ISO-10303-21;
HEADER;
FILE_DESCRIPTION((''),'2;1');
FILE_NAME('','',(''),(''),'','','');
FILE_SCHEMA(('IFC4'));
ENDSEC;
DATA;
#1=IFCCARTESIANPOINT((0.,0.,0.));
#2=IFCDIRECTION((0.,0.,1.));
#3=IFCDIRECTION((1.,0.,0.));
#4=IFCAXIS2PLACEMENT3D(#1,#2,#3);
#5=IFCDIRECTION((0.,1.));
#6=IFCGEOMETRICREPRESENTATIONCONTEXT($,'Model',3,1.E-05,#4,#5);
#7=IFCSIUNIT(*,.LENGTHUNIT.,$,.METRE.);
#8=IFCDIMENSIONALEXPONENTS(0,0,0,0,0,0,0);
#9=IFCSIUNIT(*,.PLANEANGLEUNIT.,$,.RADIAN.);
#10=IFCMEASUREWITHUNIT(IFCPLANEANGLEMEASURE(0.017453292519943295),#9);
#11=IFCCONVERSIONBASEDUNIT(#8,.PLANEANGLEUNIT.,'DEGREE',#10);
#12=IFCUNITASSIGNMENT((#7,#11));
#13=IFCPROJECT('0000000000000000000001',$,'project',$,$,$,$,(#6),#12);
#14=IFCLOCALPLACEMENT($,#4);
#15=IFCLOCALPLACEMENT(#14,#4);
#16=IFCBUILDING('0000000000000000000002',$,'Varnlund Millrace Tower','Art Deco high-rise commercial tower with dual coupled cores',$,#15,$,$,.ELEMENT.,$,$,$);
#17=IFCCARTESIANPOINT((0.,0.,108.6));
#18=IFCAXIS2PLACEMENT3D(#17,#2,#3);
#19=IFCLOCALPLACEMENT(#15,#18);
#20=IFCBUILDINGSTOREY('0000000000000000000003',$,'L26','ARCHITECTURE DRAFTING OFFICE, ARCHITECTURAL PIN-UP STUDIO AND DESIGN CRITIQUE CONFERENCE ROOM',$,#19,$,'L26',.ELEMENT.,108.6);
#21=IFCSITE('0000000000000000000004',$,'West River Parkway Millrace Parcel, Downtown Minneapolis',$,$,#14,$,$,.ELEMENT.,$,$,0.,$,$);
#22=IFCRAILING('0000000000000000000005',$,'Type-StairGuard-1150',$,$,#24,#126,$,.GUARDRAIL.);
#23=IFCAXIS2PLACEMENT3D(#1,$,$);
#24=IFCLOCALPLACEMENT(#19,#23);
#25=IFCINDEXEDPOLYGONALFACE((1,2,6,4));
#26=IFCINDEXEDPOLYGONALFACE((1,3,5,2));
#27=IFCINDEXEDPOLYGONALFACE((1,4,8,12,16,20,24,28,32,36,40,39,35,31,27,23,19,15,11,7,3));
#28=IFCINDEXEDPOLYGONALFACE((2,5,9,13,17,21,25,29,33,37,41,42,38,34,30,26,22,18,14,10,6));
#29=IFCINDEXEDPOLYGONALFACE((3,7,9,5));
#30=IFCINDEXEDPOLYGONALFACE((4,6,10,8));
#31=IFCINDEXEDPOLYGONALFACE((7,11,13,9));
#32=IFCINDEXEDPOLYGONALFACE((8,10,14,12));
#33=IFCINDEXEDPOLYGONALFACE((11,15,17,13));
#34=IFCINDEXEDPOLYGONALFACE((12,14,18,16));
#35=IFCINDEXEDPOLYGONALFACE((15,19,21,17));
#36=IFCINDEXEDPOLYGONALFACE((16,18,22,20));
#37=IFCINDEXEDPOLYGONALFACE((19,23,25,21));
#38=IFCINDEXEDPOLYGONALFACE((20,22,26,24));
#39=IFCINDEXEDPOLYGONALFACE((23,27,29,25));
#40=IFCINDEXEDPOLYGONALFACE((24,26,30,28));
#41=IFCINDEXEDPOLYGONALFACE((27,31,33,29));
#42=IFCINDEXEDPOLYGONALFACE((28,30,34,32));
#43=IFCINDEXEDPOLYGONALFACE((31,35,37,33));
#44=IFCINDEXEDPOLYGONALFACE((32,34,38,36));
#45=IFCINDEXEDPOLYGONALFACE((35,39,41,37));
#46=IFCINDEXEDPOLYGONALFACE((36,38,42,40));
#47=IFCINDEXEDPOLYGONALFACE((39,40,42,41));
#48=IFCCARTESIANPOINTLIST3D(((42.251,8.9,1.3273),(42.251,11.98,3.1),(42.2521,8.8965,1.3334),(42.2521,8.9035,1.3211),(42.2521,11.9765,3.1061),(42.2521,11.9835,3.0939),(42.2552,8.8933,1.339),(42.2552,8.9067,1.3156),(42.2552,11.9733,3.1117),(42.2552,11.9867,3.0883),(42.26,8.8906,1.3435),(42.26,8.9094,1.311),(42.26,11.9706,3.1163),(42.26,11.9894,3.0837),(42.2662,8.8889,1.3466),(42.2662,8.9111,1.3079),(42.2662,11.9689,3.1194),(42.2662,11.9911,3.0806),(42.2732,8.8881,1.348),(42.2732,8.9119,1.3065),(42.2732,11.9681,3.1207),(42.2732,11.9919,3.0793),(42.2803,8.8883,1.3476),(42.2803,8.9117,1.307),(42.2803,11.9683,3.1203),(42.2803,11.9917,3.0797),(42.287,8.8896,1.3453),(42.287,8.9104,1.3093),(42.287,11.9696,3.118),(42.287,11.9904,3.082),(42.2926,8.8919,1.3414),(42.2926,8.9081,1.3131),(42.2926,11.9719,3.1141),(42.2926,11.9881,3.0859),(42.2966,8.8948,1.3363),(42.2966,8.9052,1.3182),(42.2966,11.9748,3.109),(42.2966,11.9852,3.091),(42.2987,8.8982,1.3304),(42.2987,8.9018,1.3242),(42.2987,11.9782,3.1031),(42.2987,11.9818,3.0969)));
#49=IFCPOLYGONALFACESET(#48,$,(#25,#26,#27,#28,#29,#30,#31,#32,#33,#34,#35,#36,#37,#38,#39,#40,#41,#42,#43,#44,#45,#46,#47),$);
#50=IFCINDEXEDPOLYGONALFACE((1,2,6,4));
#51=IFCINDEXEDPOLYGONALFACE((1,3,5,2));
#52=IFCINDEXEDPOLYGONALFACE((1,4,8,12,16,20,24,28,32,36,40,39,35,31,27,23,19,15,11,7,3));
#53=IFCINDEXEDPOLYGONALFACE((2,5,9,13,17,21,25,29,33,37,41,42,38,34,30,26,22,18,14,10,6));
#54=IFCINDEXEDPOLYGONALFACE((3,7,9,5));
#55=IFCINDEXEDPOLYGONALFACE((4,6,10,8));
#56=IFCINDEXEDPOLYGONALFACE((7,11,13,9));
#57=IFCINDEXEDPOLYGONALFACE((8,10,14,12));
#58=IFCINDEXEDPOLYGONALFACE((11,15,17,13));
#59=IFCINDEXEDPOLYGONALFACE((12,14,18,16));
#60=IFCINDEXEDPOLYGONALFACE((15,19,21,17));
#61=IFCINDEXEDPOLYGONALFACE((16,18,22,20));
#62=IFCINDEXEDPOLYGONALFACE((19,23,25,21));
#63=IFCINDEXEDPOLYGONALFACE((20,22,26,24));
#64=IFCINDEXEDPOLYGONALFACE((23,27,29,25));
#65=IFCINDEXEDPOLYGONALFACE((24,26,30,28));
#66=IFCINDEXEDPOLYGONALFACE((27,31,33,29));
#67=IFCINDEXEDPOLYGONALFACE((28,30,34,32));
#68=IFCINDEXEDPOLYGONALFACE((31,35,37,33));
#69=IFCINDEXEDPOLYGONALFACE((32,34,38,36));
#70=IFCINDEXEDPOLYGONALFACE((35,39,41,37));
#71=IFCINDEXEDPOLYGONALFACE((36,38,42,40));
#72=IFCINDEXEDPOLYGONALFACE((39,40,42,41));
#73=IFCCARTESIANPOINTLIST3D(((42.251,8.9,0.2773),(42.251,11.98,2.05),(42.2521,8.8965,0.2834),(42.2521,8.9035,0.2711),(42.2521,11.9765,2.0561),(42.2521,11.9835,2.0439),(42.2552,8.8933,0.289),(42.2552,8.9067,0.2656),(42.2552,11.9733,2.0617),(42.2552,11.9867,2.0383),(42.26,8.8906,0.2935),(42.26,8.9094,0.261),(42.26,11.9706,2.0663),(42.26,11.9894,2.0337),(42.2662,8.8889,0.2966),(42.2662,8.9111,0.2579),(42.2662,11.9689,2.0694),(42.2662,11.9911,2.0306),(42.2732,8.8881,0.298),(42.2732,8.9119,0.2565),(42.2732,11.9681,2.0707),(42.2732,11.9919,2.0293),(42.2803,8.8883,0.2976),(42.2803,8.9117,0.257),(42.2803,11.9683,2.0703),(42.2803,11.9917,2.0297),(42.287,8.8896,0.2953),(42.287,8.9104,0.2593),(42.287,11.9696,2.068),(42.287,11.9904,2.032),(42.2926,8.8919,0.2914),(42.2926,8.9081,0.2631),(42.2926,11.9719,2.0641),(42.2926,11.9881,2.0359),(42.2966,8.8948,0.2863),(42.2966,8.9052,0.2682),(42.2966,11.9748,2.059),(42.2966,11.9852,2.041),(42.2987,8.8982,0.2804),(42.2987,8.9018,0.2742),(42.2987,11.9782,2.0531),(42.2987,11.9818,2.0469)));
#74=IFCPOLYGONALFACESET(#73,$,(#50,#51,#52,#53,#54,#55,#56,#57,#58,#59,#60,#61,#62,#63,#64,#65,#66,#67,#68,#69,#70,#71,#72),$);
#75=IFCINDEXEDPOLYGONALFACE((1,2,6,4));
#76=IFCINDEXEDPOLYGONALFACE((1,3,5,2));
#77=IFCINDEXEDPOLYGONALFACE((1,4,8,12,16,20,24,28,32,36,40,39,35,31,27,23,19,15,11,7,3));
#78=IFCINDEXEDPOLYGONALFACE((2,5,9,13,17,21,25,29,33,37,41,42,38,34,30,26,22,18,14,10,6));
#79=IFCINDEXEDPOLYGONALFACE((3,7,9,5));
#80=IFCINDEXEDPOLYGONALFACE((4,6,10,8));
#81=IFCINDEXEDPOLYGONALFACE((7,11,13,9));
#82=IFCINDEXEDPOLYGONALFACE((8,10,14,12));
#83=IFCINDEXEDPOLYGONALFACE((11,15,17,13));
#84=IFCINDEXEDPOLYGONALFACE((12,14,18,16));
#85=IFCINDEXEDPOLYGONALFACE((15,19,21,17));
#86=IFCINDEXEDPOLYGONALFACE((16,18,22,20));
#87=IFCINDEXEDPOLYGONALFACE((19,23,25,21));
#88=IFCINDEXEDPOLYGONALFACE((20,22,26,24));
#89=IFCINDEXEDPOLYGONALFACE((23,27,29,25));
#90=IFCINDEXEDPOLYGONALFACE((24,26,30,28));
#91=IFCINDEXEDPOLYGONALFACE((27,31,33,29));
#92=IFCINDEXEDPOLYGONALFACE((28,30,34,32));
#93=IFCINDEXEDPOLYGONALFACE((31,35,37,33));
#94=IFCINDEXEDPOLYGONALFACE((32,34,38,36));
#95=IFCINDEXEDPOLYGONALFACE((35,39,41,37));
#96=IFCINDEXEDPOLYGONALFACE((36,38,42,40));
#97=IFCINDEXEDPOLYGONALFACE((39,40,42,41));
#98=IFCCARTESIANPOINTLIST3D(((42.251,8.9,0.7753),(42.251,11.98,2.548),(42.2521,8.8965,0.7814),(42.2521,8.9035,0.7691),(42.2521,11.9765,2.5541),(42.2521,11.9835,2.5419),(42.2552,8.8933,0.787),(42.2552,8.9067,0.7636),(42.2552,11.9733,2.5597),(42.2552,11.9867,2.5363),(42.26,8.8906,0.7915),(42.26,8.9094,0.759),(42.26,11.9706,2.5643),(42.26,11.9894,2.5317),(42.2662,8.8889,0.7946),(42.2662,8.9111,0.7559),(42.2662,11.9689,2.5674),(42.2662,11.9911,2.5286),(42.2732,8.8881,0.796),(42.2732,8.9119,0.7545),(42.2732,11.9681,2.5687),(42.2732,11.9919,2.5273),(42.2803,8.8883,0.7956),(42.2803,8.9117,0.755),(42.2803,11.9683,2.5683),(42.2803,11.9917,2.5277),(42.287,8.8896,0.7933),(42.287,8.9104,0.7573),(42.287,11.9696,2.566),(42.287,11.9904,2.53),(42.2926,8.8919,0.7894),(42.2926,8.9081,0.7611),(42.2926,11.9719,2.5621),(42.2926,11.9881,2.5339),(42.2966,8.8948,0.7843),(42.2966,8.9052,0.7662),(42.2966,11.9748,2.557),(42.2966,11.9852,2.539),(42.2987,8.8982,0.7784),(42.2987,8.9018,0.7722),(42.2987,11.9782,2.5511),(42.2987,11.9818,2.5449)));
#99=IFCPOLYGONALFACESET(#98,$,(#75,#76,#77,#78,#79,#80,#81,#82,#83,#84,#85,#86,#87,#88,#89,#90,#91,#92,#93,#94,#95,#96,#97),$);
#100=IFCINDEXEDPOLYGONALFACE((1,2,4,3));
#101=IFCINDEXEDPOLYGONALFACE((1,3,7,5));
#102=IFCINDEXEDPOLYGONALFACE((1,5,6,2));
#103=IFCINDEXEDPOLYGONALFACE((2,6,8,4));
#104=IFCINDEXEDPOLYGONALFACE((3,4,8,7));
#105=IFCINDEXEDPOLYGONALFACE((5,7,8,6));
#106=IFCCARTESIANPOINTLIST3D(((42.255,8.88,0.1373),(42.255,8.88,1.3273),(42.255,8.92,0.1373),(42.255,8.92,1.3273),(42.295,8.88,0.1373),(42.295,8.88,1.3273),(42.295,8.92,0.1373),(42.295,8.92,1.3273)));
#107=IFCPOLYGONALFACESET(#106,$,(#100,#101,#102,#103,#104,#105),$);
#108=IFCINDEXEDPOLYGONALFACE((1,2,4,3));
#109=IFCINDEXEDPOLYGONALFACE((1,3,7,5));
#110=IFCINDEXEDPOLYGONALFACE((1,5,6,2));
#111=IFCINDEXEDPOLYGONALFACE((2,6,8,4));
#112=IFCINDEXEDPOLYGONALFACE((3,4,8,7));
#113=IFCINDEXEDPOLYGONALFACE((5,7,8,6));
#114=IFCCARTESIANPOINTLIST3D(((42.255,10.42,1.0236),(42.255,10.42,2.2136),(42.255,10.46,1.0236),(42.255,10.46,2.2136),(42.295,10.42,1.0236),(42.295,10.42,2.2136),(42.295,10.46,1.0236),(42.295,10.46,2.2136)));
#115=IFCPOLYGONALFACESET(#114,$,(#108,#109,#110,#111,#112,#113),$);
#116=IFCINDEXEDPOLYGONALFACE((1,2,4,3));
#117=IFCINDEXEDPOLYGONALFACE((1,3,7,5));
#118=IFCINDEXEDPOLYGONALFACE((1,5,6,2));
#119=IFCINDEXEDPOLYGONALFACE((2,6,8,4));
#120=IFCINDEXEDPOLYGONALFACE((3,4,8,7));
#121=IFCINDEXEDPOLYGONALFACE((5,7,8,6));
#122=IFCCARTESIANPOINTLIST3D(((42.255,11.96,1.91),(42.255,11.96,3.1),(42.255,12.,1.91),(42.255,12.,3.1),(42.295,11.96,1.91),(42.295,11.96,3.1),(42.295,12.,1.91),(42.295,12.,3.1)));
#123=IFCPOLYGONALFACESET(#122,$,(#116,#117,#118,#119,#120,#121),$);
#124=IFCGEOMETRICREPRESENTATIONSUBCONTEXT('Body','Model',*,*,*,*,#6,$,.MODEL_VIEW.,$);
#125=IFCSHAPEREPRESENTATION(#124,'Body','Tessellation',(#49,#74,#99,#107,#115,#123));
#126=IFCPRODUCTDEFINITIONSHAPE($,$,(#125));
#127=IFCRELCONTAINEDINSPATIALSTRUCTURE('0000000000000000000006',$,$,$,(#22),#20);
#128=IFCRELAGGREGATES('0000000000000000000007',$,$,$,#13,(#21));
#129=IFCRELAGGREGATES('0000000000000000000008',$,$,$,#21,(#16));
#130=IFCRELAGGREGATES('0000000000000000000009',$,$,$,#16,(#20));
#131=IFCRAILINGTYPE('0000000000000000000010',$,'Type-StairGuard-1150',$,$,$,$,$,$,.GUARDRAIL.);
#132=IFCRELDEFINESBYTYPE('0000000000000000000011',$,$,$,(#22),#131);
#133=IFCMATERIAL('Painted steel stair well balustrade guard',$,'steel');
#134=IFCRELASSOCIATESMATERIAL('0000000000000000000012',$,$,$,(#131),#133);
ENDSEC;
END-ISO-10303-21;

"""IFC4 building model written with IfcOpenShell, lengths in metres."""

from ifc_helpers import new_model, entity, si_unit, converted_unit, direction, frame, origin_with_axes, origin_2d_with_axis, place, context, subcontext, project, spatial, rectangle, circle, extrude, material, type_object, element, save


model = new_model("IFC4")

# Units and contexts
model_context = context("Model", 3, precision=1e-05, world=origin_with_axes(), true_north=direction((0.0, 1.0)))
body_context = subcontext(model_context, "Body", "Model", "MODEL_VIEW")
ifc_project = project(units=[si_unit("LENGTHUNIT", "METRE"), converted_unit("PLANEANGLEUNIT", "DEGREE", entity("IfcPlaneAngleMeasure", 0.017453292519943295), si_unit("PLANEANGLEUNIT", "RADIAN"), dimensions=[0, 0, 0, 0, 0, 0, 0])], contexts=[model_context])

# Site, building, storey
site_placement = place(None, origin_with_axes())
site = spatial("IfcSite", under=ifc_project, at=site_placement, Name="West River Parkway Millrace Parcel, Downtown Minneapolis", CompositionType="ELEMENT", RefElevation=0.0)
building_placement = place(site_placement, origin_with_axes())
building = spatial("IfcBuilding", under=site, at=building_placement, Name="Varnlund Millrace Tower", Description="Art Deco high-rise commercial tower with dual coupled cores", CompositionType="ELEMENT")
storey_placement = place(building_placement, frame((0.0, 0.0, 108.6), z_axis=(0.0, 0.0, 1.0), x_axis=(1.0, 0.0, 0.0)))
storey = spatial("IfcBuildingStorey", under=building, at=storey_placement, Name="L26", Description="ARCHITECTURE DRAFTING OFFICE, ARCHITECTURAL PIN-UP STUDIO AND DESIGN CRITIQUE CONFERENCE ROOM", LongName="L26", CompositionType="ELEMENT", Elevation=108.6)

# Railing
ifc_material_1 = material(Name="Painted steel stair well balustrade guard", Category="steel")
railing_type_1 = type_object("IfcRailingType", Name="Type-StairGuard-1150", PredefinedType="GUARDRAIL", material=ifc_material_1)
railing_1_placement = place(storey_placement, frame((0.0, 0.0, -108.6), z_axis=(0.0, 0.0, 1.0), x_axis=(1.0, 0.0, 0.0)))
element("IfcRailing", 1, at=railing_1_placement, inside=storey, type_object=railing_type_1, Name="Type-StairGuard-1150", PredefinedType="GUARDRAIL", context=body_context, shape_type="SweptSolid", body=[
    extrude(circle(Radius=0.024, at=origin_2d_with_axis()), frame((42.275, 8.9, 109.9273), z_axis=(0.0, 0.866696, 0.498836), x_axis=(-1.0, 0.0, 0.0)), (0.0, 0.0, 1.0), 3.5537),
    extrude(circle(Radius=0.024, at=origin_2d_with_axis()), frame((42.275, 8.9, 108.8773), z_axis=(0.0, 0.866696, 0.498836), x_axis=(-1.0, 0.0, 0.0)), (0.0, 0.0, 1.0), 3.5537),
    extrude(circle(Radius=0.024, at=origin_2d_with_axis()), frame((42.275, 8.9, 109.3753), z_axis=(0.0, 0.866696, 0.498836), x_axis=(-1.0, 0.0, 0.0)), (0.0, 0.0, 1.0), 3.5537),
    extrude(rectangle(XDim=0.04, YDim=0.04, at=origin_2d_with_axis()), frame((42.275, 8.9, 108.7373), z_axis=(0.0, 0.0, 1.0), x_axis=(1.0, 0.0, 0.0)), (0.0, 0.0, 1.0), 1.19),
    extrude(rectangle(XDim=0.04, YDim=0.04, at=origin_2d_with_axis()), frame((42.275, 10.44, 109.6236), z_axis=(0.0, 0.0, 1.0), x_axis=(1.0, 0.0, 0.0)), (0.0, 0.0, 1.0), 1.19),
    extrude(rectangle(XDim=0.04, YDim=0.04, at=origin_2d_with_axis()), frame((42.275, 11.98, 110.51), z_axis=(0.0, 0.0, 1.0), x_axis=(1.0, 0.0, 0.0)), (0.0, 0.0, 1.0), 1.19),
])

save(model, "model.ifc")
